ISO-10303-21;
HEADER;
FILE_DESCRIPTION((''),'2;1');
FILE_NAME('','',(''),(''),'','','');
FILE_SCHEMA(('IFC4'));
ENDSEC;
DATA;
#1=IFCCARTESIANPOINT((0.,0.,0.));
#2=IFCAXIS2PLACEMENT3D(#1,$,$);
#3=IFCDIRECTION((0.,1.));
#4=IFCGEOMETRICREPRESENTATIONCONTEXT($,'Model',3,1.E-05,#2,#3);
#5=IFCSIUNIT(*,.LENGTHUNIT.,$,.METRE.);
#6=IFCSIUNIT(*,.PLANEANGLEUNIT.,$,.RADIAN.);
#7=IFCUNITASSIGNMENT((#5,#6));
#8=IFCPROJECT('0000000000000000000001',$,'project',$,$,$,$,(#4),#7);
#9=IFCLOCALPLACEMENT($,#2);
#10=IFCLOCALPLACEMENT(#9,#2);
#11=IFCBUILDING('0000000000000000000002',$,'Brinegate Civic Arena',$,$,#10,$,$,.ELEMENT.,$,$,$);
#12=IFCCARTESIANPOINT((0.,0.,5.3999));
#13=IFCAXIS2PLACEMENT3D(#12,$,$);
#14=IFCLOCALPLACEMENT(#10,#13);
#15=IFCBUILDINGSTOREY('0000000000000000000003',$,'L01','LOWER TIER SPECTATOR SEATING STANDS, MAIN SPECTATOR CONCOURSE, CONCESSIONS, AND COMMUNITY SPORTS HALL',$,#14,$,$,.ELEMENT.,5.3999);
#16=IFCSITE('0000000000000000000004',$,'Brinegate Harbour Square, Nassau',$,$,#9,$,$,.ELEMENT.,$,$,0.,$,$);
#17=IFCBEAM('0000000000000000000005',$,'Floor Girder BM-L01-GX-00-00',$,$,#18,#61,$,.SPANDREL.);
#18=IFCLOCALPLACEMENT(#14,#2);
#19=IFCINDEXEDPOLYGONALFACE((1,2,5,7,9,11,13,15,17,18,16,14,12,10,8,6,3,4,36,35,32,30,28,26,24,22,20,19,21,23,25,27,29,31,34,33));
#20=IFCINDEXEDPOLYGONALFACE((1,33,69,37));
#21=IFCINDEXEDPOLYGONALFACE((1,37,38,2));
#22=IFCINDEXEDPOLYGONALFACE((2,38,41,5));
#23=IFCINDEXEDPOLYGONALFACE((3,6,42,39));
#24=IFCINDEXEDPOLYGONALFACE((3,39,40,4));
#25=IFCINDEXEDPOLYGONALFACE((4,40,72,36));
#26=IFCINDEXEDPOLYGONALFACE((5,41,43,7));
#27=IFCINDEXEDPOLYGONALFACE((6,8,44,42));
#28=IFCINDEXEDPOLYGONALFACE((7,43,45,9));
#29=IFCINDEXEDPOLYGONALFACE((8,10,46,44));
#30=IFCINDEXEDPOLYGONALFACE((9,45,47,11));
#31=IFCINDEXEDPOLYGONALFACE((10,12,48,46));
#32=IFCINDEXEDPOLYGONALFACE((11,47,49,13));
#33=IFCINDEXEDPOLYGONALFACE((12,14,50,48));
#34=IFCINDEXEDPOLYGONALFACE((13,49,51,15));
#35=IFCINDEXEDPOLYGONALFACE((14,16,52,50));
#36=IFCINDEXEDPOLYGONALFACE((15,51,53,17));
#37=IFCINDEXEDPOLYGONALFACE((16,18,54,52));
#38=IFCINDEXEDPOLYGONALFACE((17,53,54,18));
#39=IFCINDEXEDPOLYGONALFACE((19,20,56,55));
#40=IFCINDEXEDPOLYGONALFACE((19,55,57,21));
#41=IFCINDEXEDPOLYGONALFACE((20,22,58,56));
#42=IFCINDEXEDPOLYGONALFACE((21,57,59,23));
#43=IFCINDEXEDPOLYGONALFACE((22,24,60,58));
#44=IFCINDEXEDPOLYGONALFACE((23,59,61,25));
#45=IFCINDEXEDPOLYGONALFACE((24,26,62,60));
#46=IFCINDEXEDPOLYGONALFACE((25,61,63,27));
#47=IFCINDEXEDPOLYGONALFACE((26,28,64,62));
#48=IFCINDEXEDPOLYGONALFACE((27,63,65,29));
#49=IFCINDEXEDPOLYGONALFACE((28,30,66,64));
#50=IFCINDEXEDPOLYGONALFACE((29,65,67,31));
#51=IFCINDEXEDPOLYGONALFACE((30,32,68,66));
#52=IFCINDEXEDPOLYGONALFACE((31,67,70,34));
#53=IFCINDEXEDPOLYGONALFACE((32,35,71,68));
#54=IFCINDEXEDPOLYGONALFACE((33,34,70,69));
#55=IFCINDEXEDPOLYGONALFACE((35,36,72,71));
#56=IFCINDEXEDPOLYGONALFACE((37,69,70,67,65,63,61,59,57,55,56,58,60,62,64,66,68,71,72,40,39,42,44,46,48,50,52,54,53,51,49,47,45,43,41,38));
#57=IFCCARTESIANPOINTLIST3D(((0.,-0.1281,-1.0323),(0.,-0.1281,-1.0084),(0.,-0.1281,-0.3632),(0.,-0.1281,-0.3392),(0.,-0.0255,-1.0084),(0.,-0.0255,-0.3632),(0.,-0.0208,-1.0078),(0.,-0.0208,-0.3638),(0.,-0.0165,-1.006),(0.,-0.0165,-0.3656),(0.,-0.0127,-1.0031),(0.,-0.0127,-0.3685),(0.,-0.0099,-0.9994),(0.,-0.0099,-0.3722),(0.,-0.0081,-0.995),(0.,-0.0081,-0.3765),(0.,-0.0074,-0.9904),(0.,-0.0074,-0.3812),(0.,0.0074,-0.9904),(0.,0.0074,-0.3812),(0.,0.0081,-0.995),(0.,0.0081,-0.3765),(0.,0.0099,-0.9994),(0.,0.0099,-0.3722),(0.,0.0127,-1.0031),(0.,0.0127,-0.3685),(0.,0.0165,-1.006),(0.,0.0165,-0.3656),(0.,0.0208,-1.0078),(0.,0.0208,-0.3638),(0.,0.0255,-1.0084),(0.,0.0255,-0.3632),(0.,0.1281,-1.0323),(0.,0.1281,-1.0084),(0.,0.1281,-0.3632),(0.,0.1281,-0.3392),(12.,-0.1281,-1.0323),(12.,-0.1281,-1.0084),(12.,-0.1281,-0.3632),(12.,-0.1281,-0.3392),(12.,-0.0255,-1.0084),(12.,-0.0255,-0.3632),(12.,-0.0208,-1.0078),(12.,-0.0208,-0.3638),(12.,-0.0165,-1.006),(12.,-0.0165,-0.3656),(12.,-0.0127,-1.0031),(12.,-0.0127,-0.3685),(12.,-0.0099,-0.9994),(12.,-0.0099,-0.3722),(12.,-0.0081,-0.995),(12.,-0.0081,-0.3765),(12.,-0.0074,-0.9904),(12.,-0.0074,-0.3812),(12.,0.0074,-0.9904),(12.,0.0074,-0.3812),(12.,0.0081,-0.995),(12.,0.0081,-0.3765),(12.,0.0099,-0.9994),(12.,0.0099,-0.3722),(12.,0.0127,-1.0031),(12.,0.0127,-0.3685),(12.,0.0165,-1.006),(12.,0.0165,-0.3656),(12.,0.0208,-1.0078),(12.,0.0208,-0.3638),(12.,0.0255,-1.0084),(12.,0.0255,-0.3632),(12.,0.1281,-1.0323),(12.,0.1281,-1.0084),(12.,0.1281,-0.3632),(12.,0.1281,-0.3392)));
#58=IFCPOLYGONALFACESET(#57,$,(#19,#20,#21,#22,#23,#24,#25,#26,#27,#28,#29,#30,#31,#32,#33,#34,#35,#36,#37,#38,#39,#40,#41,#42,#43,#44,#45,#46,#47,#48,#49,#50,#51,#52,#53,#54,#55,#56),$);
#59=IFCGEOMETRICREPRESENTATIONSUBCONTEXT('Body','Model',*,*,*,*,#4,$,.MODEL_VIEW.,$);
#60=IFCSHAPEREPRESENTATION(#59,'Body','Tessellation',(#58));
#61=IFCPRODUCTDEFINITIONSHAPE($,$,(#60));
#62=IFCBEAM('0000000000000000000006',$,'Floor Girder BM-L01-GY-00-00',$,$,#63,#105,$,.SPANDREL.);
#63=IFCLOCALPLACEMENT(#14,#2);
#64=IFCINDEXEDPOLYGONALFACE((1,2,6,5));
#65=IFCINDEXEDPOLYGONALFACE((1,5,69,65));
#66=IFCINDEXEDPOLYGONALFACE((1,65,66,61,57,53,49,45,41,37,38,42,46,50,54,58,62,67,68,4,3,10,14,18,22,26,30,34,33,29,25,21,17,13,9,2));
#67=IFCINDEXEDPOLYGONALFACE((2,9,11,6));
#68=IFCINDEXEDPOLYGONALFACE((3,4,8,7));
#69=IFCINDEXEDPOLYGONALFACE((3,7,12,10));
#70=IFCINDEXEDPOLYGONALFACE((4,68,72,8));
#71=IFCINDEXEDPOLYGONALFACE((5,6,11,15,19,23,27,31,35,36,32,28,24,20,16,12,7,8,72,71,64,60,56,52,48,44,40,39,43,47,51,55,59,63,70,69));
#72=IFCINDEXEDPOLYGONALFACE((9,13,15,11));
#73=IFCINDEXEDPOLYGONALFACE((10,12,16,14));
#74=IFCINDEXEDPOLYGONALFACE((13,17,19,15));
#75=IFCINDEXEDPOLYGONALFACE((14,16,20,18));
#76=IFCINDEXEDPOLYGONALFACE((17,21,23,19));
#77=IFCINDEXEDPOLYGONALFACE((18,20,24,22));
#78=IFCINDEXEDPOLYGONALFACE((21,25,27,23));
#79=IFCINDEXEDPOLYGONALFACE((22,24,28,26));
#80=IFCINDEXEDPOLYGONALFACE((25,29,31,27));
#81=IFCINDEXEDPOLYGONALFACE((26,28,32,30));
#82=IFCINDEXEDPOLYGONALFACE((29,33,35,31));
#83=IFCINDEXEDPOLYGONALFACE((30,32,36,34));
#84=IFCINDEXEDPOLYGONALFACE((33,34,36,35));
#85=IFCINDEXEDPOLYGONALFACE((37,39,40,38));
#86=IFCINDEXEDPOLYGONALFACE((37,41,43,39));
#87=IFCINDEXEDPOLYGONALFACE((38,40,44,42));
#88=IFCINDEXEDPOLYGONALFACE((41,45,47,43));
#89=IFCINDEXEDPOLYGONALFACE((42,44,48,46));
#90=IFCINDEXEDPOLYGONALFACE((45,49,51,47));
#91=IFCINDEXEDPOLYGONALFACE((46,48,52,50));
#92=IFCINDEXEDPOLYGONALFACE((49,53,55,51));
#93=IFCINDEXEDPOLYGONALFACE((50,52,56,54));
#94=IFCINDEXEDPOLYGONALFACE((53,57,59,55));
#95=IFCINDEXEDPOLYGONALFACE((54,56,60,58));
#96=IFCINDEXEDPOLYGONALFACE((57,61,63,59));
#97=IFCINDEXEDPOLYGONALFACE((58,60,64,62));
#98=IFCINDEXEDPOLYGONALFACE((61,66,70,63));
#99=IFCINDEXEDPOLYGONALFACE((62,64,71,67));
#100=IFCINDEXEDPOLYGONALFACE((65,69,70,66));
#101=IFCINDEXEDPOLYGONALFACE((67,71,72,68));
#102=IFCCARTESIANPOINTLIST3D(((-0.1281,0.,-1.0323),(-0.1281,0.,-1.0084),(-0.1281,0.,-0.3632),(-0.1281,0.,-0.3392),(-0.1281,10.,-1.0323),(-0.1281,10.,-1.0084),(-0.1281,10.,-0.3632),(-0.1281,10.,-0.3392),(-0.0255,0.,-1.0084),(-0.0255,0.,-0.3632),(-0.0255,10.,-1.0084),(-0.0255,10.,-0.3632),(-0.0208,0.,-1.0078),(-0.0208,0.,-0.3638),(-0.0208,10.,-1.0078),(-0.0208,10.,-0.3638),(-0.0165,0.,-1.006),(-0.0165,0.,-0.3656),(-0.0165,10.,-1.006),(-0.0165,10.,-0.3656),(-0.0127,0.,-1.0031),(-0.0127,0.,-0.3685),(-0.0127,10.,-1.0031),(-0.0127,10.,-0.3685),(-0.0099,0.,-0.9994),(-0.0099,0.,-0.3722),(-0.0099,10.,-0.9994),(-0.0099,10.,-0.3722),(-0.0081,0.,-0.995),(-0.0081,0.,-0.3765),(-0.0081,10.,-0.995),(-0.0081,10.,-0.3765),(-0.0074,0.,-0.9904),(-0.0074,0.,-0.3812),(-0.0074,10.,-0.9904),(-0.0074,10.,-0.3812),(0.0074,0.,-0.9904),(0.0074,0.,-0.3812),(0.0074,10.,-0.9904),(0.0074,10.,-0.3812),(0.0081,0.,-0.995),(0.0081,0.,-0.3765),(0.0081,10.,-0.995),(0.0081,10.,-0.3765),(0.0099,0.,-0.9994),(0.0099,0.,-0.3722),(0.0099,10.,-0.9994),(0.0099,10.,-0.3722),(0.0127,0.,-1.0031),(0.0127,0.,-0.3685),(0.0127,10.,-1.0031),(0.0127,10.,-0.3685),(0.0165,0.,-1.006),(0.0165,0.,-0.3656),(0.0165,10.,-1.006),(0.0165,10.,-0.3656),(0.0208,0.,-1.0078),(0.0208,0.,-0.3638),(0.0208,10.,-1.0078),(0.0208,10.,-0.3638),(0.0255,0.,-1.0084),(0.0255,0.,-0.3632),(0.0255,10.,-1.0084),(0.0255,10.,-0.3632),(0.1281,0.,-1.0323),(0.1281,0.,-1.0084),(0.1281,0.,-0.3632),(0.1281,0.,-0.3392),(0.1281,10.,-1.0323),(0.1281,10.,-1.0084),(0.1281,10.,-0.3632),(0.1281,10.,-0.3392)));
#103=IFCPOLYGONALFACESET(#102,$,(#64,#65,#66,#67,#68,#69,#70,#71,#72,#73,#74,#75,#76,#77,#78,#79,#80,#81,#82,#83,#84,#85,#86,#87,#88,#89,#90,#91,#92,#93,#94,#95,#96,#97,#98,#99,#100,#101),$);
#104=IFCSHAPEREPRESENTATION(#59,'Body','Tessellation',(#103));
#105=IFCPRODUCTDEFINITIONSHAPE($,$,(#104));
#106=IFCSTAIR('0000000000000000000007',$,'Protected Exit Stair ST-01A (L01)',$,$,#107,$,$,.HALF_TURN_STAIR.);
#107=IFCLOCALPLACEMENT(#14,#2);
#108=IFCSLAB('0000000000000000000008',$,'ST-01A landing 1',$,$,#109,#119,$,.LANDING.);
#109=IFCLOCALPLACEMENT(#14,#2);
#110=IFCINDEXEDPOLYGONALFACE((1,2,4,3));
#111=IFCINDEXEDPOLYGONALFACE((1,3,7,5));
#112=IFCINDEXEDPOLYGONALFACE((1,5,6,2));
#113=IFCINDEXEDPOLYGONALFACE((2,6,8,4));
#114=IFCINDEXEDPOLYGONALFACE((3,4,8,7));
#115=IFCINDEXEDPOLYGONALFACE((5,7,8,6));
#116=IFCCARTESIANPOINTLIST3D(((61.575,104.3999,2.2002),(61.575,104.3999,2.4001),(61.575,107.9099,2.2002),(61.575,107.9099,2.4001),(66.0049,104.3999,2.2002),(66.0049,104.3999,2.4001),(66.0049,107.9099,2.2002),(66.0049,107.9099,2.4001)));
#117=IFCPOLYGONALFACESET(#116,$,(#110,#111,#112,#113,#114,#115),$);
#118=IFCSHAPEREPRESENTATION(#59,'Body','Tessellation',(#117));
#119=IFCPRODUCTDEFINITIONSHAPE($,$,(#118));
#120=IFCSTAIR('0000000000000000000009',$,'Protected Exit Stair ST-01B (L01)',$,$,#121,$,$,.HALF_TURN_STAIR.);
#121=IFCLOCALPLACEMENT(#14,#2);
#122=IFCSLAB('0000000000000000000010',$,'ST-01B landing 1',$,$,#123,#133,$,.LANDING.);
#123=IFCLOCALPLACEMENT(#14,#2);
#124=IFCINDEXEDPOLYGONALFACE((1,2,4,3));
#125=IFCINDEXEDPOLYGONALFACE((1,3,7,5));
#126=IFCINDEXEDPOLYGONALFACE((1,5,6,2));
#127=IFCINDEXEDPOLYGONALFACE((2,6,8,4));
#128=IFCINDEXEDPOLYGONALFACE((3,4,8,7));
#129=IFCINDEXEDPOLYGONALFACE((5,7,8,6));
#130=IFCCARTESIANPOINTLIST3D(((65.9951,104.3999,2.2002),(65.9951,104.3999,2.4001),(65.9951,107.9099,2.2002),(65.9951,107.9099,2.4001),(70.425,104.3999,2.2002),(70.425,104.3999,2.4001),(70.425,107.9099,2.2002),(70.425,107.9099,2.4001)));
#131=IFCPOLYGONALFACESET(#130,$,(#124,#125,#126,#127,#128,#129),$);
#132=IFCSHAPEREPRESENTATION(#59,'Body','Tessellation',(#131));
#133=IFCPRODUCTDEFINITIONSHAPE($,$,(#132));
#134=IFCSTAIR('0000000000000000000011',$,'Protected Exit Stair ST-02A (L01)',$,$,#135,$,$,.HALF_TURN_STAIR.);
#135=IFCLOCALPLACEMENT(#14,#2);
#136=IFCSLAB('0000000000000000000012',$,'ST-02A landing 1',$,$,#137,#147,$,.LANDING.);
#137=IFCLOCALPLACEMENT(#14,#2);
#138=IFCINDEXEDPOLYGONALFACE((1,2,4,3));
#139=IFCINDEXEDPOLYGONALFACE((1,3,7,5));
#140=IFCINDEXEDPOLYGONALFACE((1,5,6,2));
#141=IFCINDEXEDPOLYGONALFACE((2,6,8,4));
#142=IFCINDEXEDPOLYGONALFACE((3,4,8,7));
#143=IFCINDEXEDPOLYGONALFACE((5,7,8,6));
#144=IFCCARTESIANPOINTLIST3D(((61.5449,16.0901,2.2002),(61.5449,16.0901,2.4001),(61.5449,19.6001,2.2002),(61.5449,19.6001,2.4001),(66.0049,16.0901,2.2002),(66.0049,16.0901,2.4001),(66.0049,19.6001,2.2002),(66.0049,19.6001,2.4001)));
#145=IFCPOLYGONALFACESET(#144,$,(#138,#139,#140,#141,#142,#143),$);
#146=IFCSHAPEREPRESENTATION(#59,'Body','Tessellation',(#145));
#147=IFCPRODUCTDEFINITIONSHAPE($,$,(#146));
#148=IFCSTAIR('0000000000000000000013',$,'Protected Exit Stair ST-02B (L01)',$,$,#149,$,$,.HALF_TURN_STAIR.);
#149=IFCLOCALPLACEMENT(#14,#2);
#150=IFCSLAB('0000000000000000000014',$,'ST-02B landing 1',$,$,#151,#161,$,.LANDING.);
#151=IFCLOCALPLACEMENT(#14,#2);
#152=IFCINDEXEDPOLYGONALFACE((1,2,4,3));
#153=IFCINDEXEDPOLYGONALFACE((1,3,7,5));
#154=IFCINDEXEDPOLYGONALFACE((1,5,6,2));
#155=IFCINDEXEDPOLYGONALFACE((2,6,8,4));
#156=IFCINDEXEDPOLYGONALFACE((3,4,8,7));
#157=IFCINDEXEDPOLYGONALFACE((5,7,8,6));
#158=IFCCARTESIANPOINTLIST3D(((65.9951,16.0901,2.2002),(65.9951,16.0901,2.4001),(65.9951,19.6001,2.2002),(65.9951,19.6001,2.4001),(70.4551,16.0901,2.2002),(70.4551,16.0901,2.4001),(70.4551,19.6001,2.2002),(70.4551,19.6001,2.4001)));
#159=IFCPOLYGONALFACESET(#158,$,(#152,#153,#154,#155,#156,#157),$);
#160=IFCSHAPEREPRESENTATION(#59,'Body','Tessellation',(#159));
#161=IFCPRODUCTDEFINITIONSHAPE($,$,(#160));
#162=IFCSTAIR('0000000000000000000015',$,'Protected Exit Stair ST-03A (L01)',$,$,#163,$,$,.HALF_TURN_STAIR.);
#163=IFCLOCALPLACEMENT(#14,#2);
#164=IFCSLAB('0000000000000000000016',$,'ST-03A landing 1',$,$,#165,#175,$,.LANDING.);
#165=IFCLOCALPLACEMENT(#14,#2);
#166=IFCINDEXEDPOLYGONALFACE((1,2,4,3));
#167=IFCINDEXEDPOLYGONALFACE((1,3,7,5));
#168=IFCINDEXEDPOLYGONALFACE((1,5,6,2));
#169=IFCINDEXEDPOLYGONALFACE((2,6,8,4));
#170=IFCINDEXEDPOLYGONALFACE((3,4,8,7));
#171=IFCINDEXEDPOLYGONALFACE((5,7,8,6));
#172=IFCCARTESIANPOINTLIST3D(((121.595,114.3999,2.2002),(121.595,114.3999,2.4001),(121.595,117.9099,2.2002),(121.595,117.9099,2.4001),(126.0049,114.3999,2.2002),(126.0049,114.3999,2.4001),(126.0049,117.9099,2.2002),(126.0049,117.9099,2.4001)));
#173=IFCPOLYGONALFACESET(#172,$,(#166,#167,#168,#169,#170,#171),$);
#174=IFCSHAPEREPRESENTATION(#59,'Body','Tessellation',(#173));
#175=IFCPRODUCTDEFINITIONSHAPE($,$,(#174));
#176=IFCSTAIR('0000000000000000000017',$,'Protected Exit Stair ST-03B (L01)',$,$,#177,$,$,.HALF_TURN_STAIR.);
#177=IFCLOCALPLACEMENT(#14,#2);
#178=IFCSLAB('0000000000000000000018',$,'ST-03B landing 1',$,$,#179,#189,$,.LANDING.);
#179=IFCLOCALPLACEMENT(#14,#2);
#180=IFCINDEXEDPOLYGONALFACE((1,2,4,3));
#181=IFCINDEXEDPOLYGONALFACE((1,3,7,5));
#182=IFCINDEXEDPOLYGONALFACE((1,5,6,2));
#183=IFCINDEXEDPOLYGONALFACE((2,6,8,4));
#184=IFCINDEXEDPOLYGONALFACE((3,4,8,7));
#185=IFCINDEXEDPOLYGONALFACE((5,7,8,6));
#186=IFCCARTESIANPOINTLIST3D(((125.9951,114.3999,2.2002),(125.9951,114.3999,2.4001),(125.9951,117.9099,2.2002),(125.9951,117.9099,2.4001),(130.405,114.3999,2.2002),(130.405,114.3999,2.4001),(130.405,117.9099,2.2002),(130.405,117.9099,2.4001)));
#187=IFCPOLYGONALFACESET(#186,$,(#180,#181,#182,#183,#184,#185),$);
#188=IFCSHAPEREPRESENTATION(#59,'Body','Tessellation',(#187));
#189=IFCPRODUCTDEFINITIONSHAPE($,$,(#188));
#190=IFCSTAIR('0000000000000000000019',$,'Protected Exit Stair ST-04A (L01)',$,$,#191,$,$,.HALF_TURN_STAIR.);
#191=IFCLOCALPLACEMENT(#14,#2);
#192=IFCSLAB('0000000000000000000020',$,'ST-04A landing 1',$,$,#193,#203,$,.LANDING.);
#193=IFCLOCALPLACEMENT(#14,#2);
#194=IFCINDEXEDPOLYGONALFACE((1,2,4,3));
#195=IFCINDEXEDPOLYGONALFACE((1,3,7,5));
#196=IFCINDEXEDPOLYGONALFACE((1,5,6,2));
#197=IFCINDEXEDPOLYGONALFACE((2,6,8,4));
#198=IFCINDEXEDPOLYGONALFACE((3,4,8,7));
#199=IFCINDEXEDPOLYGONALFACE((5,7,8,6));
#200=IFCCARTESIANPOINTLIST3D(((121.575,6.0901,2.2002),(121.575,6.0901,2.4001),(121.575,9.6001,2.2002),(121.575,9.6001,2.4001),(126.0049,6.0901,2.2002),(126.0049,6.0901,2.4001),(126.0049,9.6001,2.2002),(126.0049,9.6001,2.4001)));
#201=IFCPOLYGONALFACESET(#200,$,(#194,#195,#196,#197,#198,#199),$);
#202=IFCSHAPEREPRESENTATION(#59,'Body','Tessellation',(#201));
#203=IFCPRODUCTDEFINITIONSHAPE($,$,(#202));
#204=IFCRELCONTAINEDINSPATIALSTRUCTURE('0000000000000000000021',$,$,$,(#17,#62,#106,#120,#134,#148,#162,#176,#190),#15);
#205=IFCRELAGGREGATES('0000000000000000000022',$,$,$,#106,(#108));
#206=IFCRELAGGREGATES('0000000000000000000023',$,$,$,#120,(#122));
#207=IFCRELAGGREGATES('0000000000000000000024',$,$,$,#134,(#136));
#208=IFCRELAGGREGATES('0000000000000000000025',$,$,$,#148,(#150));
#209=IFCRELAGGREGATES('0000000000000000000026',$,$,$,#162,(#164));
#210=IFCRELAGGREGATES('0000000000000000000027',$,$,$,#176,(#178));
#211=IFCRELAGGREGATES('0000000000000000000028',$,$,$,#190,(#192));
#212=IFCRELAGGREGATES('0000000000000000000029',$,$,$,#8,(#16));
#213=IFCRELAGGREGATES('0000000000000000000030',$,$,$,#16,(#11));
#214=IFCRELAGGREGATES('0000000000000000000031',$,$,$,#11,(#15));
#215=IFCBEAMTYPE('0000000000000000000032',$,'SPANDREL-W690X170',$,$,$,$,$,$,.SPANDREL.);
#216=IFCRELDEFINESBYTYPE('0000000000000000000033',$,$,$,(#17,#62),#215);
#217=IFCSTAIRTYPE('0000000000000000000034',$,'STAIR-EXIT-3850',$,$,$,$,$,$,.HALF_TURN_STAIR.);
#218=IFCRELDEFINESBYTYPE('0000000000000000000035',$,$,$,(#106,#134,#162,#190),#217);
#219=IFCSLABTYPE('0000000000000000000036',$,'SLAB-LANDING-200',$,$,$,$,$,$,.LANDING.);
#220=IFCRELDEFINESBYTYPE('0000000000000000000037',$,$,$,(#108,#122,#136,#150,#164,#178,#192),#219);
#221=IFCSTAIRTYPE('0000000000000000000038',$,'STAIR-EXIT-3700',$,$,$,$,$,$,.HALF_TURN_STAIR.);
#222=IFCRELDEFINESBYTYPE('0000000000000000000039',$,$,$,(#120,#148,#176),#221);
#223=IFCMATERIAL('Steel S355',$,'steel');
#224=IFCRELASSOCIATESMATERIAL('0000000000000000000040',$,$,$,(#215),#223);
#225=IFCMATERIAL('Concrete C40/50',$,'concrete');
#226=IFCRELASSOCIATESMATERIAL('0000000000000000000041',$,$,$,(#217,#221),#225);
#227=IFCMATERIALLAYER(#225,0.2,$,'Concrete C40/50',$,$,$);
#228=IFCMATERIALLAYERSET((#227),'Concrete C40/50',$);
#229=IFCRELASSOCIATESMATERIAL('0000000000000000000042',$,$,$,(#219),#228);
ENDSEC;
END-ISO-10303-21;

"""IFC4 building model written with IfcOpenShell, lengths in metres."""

from ifc_helpers import new_model, si_unit, direction, frame, origin, origin_2d, place, context, subcontext, project, spatial, polyline, i_section, outline, extrude, material, layer, layer_set, material_profile, profile_set, type_object, element, aggregate, save


model = new_model("IFC4")

# Units and contexts
model_context = context("Model", 3, precision=1e-05, world=origin(), true_north=direction((0.0, 1.0)))
body_context = subcontext(model_context, "Body", "Model", "MODEL_VIEW")
ifc_project = project(units=[si_unit("LENGTHUNIT", "METRE"), si_unit("PLANEANGLEUNIT", "RADIAN")], contexts=[model_context])

# Site, building, storey
site_placement = place(None, origin())
site = spatial("IfcSite", under=ifc_project, at=site_placement, Name="Brinegate Harbour Square, Nassau", CompositionType="ELEMENT", RefElevation=0.0)
building_placement = place(site_placement, origin())
building = spatial("IfcBuilding", under=site, at=building_placement, Name="Brinegate Civic Arena", CompositionType="ELEMENT")
storey_placement = place(building_placement, frame((0.0, 0.0, 5.3999)))
storey = spatial("IfcBuildingStorey", under=building, at=storey_placement, Name="L01", Description="LOWER TIER SPECTATOR SEATING STANDS, MAIN SPECTATOR CONCOURSE, CONCESSIONS, AND COMMUNITY SPORTS HALL", CompositionType="ELEMENT", Elevation=5.3999)

# Beams
ifc_material_1 = material(Name="Steel S355", Category="steel")
ifc_material_profile = material_profile(ifc_material_1, i_section(OverallWidth=0.2561, OverallDepth=0.6931, WebThickness=0.0149, FlangeThickness=0.0239, FilletRadius=0.0181, at=origin_2d()), Name="W690X170")
ifc_profile_set = profile_set([ifc_material_profile], Name="Steel S355")
beam_type = type_object("IfcBeamType", Name="SPANDREL-W690X170", PredefinedType="SPANDREL", material=ifc_profile_set)
beam_1_placement = place(storey_placement, frame((0.0, 0.0, -0.6858), z_axis=(1.0, 0.0, 0.0), x_axis=(0.0, 1.0, 0.0)))
element("IfcBeam", 1, at=beam_1_placement, inside=storey, type_object=beam_type, Name="Floor Girder BM-L01-GX-00-00", PredefinedType="SPANDREL", context=body_context, shape_type="SweptSolid", body=[
    extrude(i_section(OverallWidth=0.2561, OverallDepth=0.6931, WebThickness=0.0149, FlangeThickness=0.0239, FilletRadius=0.0181, at=origin_2d()), origin(), (0.0, 0.0, 1.0), 12.0),
])
beam_2_placement = place(storey_placement, frame((0.0, 0.0, -0.6858), z_axis=(0.0, 1.0, 0.0), x_axis=(-1.0, 0.0, 0.0)))
element("IfcBeam", 2, at=beam_2_placement, inside=storey, type_object=beam_type, Name="Floor Girder BM-L01-GY-00-00", PredefinedType="SPANDREL", context=body_context, shape_type="SweptSolid", body=[
    extrude(i_section(OverallWidth=0.2561, OverallDepth=0.6931, WebThickness=0.0149, FlangeThickness=0.0239, FilletRadius=0.0181, at=origin_2d()), origin(), (0.0, 0.0, 1.0), 10.0),
])

# Shared definitions
ifc_material_2 = material(Name="Concrete C40/50", Category="concrete")

# Stairs, slabs
stair_type_1 = type_object("IfcStairType", Name="STAIR-EXIT-3850", PredefinedType="HALF_TURN_STAIR", material=ifc_material_2)
stair_1_placement = place(storey_placement, origin())
stair_1 = element("IfcStair", 3, at=stair_1_placement, inside=storey, type_object=stair_type_1, Name="Protected Exit Stair ST-01A (L01)", PredefinedType="HALF_TURN_STAIR")
ifc_layer_1 = layer(ifc_material_2, 0.2, Name="Concrete C40/50")
ifc_layer_set_1 = layer_set([ifc_layer_1], Name="Concrete C40/50")
slab_type_1 = type_object("IfcSlabType", Name="SLAB-LANDING-200", PredefinedType="LANDING", material=ifc_layer_set_1)
slab_1_placement = place(storey_placement, frame((0.0, 0.0, 2.2002)))
slab_1 = element("IfcSlab", 4, at=slab_1_placement, type_object=slab_type_1, Name="ST-01A landing 1", PredefinedType="LANDING", context=body_context, shape_type="SweptSolid", body=[
    extrude(outline(polyline([(61.575, 104.3999), (66.0049, 104.3999), (66.0049, 107.9099), (61.575, 107.9099), (61.575, 104.3999)])), origin(), (0.0, 0.0, 1.0), 0.2),
])
aggregate(stair_1, [slab_1])
stair_type_2 = type_object("IfcStairType", Name="STAIR-EXIT-3700", PredefinedType="HALF_TURN_STAIR", material=ifc_material_2)
stair_2_placement = place(storey_placement, origin())
stair_2 = element("IfcStair", 5, at=stair_2_placement, inside=storey, type_object=stair_type_2, Name="Protected Exit Stair ST-01B (L01)", PredefinedType="HALF_TURN_STAIR")
slab_2_placement = place(storey_placement, frame((0.0, 0.0, 2.2002)))
slab_2 = element("IfcSlab", 6, at=slab_2_placement, type_object=slab_type_1, Name="ST-01B landing 1", PredefinedType="LANDING", context=body_context, shape_type="SweptSolid", body=[
    extrude(outline(polyline([(65.9951, 104.3999), (70.425, 104.3999), (70.425, 107.9099), (65.9951, 107.9099), (65.9951, 104.3999)])), origin(), (0.0, 0.0, 1.0), 0.2),
])
aggregate(stair_2, [slab_2])
stair_3_placement = place(storey_placement, origin())
stair_3 = element("IfcStair", 7, at=stair_3_placement, inside=storey, type_object=stair_type_1, Name="Protected Exit Stair ST-02A (L01)", PredefinedType="HALF_TURN_STAIR")
slab_3_placement = place(storey_placement, frame((0.0, 0.0, 2.2002)))
slab_3 = element("IfcSlab", 8, at=slab_3_placement, type_object=slab_type_1, Name="ST-02A landing 1", PredefinedType="LANDING", context=body_context, shape_type="SweptSolid", body=[
    extrude(outline(polyline([(61.5449, 16.0901), (66.0049, 16.0901), (66.0049, 19.6001), (61.5449, 19.6001), (61.5449, 16.0901)])), origin(), (0.0, 0.0, 1.0), 0.2),
])
aggregate(stair_3, [slab_3])
stair_4_placement = place(storey_placement, origin())
stair_4 = element("IfcStair", 9, at=stair_4_placement, inside=storey, type_object=stair_type_2, Name="Protected Exit Stair ST-02B (L01)", PredefinedType="HALF_TURN_STAIR")
slab_4_placement = place(storey_placement, frame((0.0, 0.0, 2.2002)))
slab_4 = element("IfcSlab", 10, at=slab_4_placement, type_object=slab_type_1, Name="ST-02B landing 1", PredefinedType="LANDING", context=body_context, shape_type="SweptSolid", body=[
    extrude(outline(polyline([(65.9951, 16.0901), (70.4551, 16.0901), (70.4551, 19.6001), (65.9951, 19.6001), (65.9951, 16.0901)])), origin(), (0.0, 0.0, 1.0), 0.2),
])
aggregate(stair_4, [slab_4])
stair_5_placement = place(storey_placement, origin())
stair_5 = element("IfcStair", 11, at=stair_5_placement, inside=storey, type_object=stair_type_1, Name="Protected Exit Stair ST-03A (L01)", PredefinedType="HALF_TURN_STAIR")
slab_5_placement = place(storey_placement, frame((0.0, 0.0, 2.2002)))
slab_5 = element("IfcSlab", 12, at=slab_5_placement, type_object=slab_type_1, Name="ST-03A landing 1", PredefinedType="LANDING", context=body_context, shape_type="SweptSolid", body=[
    extrude(outline(polyline([(121.595, 114.3999), (126.0049, 114.3999), (126.0049, 117.9099), (121.595, 117.9099), (121.595, 114.3999)])), origin(), (0.0, 0.0, 1.0), 0.2),
])
aggregate(stair_5, [slab_5])
stair_6_placement = place(storey_placement, origin())
stair_6 = element("IfcStair", 13, at=stair_6_placement, inside=storey, type_object=stair_type_2, Name="Protected Exit Stair ST-03B (L01)", PredefinedType="HALF_TURN_STAIR")
slab_6_placement = place(storey_placement, frame((0.0, 0.0, 2.2002)))
slab_6 = element("IfcSlab", 14, at=slab_6_placement, type_object=slab_type_1, Name="ST-03B landing 1", PredefinedType="LANDING", context=body_context, shape_type="SweptSolid", body=[
    extrude(outline(polyline([(125.9951, 114.3999), (130.405, 114.3999), (130.405, 117.9099), (125.9951, 117.9099), (125.9951, 114.3999)])), origin(), (0.0, 0.0, 1.0), 0.2),
])
aggregate(stair_6, [slab_6])
stair_7_placement = place(storey_placement, origin())
stair_7 = element("IfcStair", 15, at=stair_7_placement, inside=storey, type_object=stair_type_1, Name="Protected Exit Stair ST-04A (L01)", PredefinedType="HALF_TURN_STAIR")
slab_7_placement = place(storey_placement, frame((0.0, 0.0, 2.2002)))
slab_7 = element("IfcSlab", 16, at=slab_7_placement, type_object=slab_type_1, Name="ST-04A landing 1", PredefinedType="LANDING", context=body_context, shape_type="SweptSolid", body=[
    extrude(outline(polyline([(121.575, 6.0901), (126.0049, 6.0901), (126.0049, 9.6001), (121.575, 9.6001), (121.575, 6.0901)])), origin(), (0.0, 0.0, 1.0), 0.2),
])
aggregate(stair_7, [slab_7])

save(model, "model.ifc")
